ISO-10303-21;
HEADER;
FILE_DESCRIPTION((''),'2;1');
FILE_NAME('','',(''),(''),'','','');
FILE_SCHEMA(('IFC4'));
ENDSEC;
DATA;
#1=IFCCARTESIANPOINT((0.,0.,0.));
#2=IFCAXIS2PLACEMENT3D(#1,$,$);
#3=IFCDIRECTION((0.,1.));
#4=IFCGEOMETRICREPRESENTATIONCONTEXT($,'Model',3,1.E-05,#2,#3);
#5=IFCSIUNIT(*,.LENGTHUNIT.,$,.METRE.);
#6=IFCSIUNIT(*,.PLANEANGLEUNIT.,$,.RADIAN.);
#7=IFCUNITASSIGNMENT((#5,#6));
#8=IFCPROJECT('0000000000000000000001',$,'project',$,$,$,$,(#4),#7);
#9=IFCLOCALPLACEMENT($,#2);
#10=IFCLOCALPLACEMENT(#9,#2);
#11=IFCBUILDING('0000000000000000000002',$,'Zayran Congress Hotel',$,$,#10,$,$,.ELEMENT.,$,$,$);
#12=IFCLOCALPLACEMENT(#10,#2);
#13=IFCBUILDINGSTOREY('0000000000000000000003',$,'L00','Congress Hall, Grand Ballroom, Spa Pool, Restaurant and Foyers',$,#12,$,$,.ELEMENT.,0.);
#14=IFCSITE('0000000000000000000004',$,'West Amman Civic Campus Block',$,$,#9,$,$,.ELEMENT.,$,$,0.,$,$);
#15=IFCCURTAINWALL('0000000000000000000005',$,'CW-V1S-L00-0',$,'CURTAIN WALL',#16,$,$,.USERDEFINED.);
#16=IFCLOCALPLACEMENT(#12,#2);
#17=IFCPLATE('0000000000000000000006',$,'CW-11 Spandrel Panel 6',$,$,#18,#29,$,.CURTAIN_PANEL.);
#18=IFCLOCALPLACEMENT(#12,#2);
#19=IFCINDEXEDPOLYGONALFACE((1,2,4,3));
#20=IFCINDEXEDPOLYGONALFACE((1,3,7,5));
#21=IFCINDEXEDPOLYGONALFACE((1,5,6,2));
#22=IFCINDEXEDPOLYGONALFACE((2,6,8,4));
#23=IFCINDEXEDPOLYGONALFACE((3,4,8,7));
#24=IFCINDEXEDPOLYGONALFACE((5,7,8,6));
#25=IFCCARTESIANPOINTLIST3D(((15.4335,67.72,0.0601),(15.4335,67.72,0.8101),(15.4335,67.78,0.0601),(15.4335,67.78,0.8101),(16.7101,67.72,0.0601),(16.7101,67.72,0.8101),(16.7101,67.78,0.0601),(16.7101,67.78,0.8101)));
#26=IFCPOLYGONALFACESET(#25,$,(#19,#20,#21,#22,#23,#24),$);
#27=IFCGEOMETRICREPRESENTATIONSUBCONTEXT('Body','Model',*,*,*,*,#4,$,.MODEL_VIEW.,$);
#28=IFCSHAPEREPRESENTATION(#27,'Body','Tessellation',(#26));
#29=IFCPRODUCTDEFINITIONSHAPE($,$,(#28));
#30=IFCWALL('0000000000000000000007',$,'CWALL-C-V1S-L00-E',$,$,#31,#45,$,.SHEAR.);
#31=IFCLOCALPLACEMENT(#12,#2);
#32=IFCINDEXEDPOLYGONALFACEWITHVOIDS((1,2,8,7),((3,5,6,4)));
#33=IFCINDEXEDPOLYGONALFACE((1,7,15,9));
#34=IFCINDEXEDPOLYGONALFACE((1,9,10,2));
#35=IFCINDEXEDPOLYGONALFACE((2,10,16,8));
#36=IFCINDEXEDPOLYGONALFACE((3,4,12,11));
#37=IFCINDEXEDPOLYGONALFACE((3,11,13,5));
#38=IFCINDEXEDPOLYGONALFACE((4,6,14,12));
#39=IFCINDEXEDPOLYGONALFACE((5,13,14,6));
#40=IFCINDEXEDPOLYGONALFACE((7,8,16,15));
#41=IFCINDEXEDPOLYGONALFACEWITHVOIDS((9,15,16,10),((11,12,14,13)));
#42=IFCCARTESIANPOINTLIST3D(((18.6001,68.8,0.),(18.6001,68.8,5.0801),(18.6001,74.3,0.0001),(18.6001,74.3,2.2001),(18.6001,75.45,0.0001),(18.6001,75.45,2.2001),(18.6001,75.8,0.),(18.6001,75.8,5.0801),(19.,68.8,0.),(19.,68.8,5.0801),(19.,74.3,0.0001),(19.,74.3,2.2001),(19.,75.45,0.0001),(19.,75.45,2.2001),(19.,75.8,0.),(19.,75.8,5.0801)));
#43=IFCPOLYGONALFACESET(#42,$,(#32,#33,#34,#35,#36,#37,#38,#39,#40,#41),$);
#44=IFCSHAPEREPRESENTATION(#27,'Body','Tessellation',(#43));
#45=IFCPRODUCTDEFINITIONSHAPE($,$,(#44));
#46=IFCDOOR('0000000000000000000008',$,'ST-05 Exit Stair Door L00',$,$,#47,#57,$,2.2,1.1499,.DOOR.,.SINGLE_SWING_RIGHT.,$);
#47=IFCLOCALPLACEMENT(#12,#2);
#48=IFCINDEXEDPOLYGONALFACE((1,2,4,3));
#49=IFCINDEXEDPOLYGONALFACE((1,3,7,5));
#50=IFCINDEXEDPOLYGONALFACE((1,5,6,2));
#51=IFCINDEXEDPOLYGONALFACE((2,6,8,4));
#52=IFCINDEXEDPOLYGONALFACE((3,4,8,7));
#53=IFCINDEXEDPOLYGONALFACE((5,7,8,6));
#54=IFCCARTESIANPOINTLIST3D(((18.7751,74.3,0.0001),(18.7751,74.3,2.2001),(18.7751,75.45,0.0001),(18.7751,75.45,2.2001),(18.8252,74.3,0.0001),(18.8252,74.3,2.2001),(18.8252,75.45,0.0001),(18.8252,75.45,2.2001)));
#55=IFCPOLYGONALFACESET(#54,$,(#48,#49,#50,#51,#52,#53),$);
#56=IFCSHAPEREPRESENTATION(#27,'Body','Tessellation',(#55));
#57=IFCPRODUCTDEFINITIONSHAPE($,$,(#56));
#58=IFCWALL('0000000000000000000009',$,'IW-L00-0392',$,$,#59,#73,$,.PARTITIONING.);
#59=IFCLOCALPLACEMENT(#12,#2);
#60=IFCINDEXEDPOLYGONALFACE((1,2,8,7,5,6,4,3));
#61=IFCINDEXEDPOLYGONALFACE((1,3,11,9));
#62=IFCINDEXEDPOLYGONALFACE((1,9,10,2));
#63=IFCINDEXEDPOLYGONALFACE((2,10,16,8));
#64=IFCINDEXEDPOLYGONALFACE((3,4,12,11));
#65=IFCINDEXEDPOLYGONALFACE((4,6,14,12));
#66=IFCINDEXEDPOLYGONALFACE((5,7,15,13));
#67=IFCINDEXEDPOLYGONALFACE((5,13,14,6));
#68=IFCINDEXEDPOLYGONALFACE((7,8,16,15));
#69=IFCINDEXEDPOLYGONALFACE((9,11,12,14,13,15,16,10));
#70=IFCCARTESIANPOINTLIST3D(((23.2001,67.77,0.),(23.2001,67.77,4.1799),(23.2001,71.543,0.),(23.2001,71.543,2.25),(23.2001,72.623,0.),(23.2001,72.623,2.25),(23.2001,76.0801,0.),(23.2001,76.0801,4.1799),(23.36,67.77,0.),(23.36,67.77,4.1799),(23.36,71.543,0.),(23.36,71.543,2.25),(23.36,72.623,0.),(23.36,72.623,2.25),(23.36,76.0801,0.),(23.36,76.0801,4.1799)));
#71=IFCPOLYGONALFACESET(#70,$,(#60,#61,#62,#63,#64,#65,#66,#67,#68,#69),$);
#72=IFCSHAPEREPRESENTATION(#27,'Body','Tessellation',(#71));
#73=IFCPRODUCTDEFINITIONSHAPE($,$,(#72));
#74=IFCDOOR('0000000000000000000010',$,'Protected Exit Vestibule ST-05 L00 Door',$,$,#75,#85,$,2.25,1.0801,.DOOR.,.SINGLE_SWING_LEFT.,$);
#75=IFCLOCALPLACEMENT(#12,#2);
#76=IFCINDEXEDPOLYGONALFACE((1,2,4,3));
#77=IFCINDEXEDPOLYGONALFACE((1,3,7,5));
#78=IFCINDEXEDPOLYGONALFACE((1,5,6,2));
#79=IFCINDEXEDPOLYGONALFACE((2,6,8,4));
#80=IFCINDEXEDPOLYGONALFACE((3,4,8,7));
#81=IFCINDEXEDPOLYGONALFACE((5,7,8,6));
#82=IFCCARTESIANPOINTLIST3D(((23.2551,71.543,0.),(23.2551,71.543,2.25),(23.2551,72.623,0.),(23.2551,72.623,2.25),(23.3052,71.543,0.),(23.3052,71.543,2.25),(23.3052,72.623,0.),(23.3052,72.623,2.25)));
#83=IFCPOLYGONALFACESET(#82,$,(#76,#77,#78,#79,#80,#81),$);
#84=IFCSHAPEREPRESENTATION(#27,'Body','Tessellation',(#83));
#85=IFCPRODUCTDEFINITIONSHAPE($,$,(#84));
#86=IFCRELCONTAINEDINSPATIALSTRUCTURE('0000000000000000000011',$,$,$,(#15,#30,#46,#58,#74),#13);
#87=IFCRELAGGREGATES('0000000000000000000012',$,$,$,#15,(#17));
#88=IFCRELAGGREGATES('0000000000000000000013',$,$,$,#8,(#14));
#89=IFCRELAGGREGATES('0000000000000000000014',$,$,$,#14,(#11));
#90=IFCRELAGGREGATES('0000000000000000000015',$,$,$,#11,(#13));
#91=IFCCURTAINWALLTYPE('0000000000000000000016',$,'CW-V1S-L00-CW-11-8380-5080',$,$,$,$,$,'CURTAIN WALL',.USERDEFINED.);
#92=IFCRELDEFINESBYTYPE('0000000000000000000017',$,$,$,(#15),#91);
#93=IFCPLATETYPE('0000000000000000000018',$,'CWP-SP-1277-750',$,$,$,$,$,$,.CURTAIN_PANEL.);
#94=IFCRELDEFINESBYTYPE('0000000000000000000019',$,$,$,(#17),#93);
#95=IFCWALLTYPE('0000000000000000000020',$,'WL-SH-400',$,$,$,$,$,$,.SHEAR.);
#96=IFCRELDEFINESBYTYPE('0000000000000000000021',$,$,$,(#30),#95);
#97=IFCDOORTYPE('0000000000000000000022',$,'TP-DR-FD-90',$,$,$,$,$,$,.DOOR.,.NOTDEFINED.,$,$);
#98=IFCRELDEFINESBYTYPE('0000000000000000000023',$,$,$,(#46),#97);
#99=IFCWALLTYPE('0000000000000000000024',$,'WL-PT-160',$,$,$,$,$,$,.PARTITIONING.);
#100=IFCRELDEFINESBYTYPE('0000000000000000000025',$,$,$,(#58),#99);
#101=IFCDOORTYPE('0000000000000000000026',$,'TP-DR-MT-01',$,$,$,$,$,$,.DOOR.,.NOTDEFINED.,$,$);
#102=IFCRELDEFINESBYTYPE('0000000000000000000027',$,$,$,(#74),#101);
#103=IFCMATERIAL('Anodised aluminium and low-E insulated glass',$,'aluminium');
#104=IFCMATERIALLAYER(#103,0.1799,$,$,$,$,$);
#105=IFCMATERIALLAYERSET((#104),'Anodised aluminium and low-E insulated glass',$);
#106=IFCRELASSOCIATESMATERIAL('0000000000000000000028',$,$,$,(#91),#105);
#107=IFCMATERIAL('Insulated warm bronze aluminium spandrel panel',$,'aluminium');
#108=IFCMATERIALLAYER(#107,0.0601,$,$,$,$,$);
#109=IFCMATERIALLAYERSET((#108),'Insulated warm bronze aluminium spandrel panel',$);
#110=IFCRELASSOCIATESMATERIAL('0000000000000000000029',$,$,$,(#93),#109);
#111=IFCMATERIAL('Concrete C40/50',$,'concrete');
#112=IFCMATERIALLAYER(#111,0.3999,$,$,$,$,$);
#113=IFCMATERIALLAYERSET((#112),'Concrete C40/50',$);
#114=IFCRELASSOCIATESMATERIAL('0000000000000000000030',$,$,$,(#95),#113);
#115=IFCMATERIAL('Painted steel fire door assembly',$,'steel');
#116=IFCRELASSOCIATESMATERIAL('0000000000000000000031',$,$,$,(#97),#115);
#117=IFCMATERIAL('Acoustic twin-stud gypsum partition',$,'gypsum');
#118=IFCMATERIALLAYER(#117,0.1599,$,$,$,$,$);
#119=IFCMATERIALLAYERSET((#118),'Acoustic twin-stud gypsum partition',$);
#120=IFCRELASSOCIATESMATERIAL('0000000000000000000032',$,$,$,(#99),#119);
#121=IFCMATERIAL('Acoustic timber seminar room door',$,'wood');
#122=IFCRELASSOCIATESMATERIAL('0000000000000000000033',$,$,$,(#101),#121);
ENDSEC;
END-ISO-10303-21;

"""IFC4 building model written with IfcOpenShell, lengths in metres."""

from ifc_helpers import new_model, si_unit, direction, frame, frame_2d, origin, origin_2d, place, context, subcontext, project, spatial, rectangle, extrude, material, layer, layer_set, type_object, element, fill, aggregate, save


model = new_model("IFC4")

# Units and contexts
model_context = context("Model", 3, precision=1e-05, world=origin(), true_north=direction((0.0, 1.0)))
body_context = subcontext(model_context, "Body", "Model", "MODEL_VIEW")
ifc_project = project(units=[si_unit("LENGTHUNIT", "METRE"), si_unit("PLANEANGLEUNIT", "RADIAN")], contexts=[model_context])

# Site, building, storey
site_placement = place(None, origin())
site = spatial("IfcSite", under=ifc_project, at=site_placement, Name="West Amman Civic Campus Block", CompositionType="ELEMENT", RefElevation=0.0)
building_placement = place(site_placement, origin())
building = spatial("IfcBuilding", under=site, at=building_placement, Name="Zayran Congress Hotel", CompositionType="ELEMENT")
storey_placement = place(building_placement, origin())
storey = spatial("IfcBuildingStorey", under=building, at=storey_placement, Name="L00", Description="Congress Hall, Grand Ballroom, Spa Pool, Restaurant and Foyers", CompositionType="ELEMENT", Elevation=0.0)

# Shared definitions
ifc_material_1 = material(Name="Concrete C40/50", Category="concrete")

# Curtain wall, plate
ifc_material_2 = material(Name="Anodised aluminium and low-E insulated glass", Category="aluminium")
ifc_layer_1 = layer(ifc_material_2, 0.1799)
ifc_layer_set_1 = layer_set([ifc_layer_1], Name="Anodised aluminium and low-E insulated glass")
curtain_wall_type = type_object("IfcCurtainWallType", Name="CW-V1S-L00-CW-11-8380-5080", ElementType="CURTAIN WALL", PredefinedType="USERDEFINED", material=ifc_layer_set_1)
curtain_wall_placement = place(storey_placement, origin())
curtain_wall = element("IfcCurtainWall", 1, at=curtain_wall_placement, inside=storey, type_object=curtain_wall_type, Name="CW-V1S-L00-0", ObjectType="CURTAIN WALL", PredefinedType="USERDEFINED")
ifc_material_3 = material(Name="Insulated warm bronze aluminium spandrel panel", Category="aluminium")
ifc_layer_2 = layer(ifc_material_3, 0.0601)
ifc_layer_set_2 = layer_set([ifc_layer_2], Name="Insulated warm bronze aluminium spandrel panel")
plate_type_1 = type_object("IfcPlateType", Name="CWP-SP-1277-750", PredefinedType="CURTAIN_PANEL", material=ifc_layer_set_2)
plate_1_placement = place(storey_placement, frame((16.0718, 67.75, 0.0601), z_axis=(0.0, 0.0, 1.0), x_axis=(1.0, 0.0, 0.0)))
plate_1 = element("IfcPlate", 2, at=plate_1_placement, type_object=plate_type_1, Name="CW-11 Spandrel Panel 6", PredefinedType="CURTAIN_PANEL", context=body_context, shape_type="SweptSolid", body=[
    extrude(rectangle(XDim=1.2766, YDim=0.0601, at=origin_2d()), origin(), (0.0, 0.0, 1.0), 0.75),
])
aggregate(curtain_wall, [plate_1])

# Walls, openings, doors
ifc_layer_3 = layer(ifc_material_1, 0.3999)
ifc_layer_set_3 = layer_set([ifc_layer_3], Name="Concrete C40/50")
wall_type_1 = type_object("IfcWallType", Name="WL-SH-400", PredefinedType="SHEAR", material=ifc_layer_set_3)
wall_1_placement = place(storey_placement, frame((18.8, 68.8, 0.0), z_axis=(0.0, 0.0, 1.0), x_axis=(0.0, 1.0, 0.0)))
wall_1 = element("IfcWall", 3, at=wall_1_placement, inside=storey, type_object=wall_type_1, Name="CWALL-C-V1S-L00-E", PredefinedType="SHEAR", context=body_context, shape_type="SweptSolid", body=[
    extrude(rectangle(XDim=7.0, YDim=0.3999, at=frame_2d((3.5, 0.0))), origin(), (0.0, 0.0, 1.0), 5.0801),
])
opening_1_placement = place(wall_1_placement, frame((5.5, 0.0, 0.0)))
opening_1 = element("IfcOpeningElement", 4, at=opening_1_placement, cuts=wall_1, PredefinedType="OPENING", context=body_context, shape_type="SweptSolid", body=[
    extrude(rectangle(XDim=1.1499, YDim=2.2, at=frame_2d((0.575, 1.1001))), frame((0.0, 0.21, 0.0), z_axis=(0.0, -1.0, 0.0), x_axis=(1.0, 0.0, 0.0)), (0.0, 0.0, 1.0), 0.4199),
])
ifc_material_4 = material(Name="Painted steel fire door assembly", Category="steel")
door_type_1 = type_object("IfcDoorType", Name="TP-DR-FD-90", OperationType="NOTDEFINED", PredefinedType="DOOR", material=ifc_material_4)
door_1_placement = place(opening_1_placement, origin())
door_1 = element("IfcDoor", 5, at=door_1_placement, inside=storey, type_object=door_type_1, Name="ST-05 Exit Stair Door L00", OperationType="SINGLE_SWING_RIGHT", OverallHeight=2.2, OverallWidth=1.1499, PredefinedType="DOOR", context=body_context, shape_type="SweptSolid", body=[
    extrude(rectangle(XDim=1.1499, YDim=2.2, at=frame_2d((0.575, 1.1001))), frame((0.0, 0.0249, 0.0), z_axis=(0.0, -1.0, 0.0), x_axis=(1.0, 0.0, 0.0)), (0.0, 0.0, 1.0), 0.05),
])
fill(opening_1, door_1)
ifc_material_5 = material(Name="Acoustic twin-stud gypsum partition", Category="gypsum")
ifc_layer_4 = layer(ifc_material_5, 0.1599)
ifc_layer_set_4 = layer_set([ifc_layer_4], Name="Acoustic twin-stud gypsum partition")
wall_type_2 = type_object("IfcWallType", Name="WL-PT-160", PredefinedType="PARTITIONING", material=ifc_layer_set_4)
wall_2_placement = place(storey_placement, frame((23.28, 67.77, 0.0), z_axis=(0.0, 0.0, 1.0), x_axis=(0.0, 1.0, 0.0)))
wall_2 = element("IfcWall", 6, at=wall_2_placement, inside=storey, type_object=wall_type_2, Name="IW-L00-0392", PredefinedType="PARTITIONING", context=body_context, shape_type="SweptSolid", body=[
    extrude(rectangle(XDim=8.3101, YDim=0.1599, at=frame_2d((4.155, 0.0))), origin(), (0.0, 0.0, 1.0), 4.1799),
])
opening_2_placement = place(wall_2_placement, frame((3.7729, 0.0, 0.0)))
opening_2 = element("IfcOpeningElement", 7, at=opening_2_placement, cuts=wall_2, PredefinedType="OPENING", context=body_context, shape_type="SweptSolid", body=[
    extrude(rectangle(XDim=1.0801, YDim=2.25, at=frame_2d((0.54, 1.125))), frame((0.0, 0.0898, 0.0), z_axis=(0.0, -1.0, 0.0), x_axis=(1.0, 0.0, 0.0)), (0.0, 0.0, 1.0), 0.1799),
])
ifc_material_6 = material(Name="Acoustic timber seminar room door", Category="wood")
door_type_2 = type_object("IfcDoorType", Name="TP-DR-MT-01", OperationType="NOTDEFINED", PredefinedType="DOOR", material=ifc_material_6)
door_2_placement = place(opening_2_placement, origin())
door_2 = element("IfcDoor", 8, at=door_2_placement, inside=storey, type_object=door_type_2, Name="Protected Exit Vestibule ST-05 L00 Door", OperationType="SINGLE_SWING_LEFT", OverallHeight=2.25, OverallWidth=1.0801, PredefinedType="DOOR", context=body_context, shape_type="SweptSolid", body=[
    extrude(rectangle(XDim=1.0801, YDim=2.25, at=frame_2d((0.54, 1.125))), frame((0.0, 0.0249, 0.0), z_axis=(0.0, -1.0, 0.0), x_axis=(1.0, 0.0, 0.0)), (0.0, 0.0, 1.0), 0.05),
])
fill(opening_2, door_2)

save(model, "model.ifc")
